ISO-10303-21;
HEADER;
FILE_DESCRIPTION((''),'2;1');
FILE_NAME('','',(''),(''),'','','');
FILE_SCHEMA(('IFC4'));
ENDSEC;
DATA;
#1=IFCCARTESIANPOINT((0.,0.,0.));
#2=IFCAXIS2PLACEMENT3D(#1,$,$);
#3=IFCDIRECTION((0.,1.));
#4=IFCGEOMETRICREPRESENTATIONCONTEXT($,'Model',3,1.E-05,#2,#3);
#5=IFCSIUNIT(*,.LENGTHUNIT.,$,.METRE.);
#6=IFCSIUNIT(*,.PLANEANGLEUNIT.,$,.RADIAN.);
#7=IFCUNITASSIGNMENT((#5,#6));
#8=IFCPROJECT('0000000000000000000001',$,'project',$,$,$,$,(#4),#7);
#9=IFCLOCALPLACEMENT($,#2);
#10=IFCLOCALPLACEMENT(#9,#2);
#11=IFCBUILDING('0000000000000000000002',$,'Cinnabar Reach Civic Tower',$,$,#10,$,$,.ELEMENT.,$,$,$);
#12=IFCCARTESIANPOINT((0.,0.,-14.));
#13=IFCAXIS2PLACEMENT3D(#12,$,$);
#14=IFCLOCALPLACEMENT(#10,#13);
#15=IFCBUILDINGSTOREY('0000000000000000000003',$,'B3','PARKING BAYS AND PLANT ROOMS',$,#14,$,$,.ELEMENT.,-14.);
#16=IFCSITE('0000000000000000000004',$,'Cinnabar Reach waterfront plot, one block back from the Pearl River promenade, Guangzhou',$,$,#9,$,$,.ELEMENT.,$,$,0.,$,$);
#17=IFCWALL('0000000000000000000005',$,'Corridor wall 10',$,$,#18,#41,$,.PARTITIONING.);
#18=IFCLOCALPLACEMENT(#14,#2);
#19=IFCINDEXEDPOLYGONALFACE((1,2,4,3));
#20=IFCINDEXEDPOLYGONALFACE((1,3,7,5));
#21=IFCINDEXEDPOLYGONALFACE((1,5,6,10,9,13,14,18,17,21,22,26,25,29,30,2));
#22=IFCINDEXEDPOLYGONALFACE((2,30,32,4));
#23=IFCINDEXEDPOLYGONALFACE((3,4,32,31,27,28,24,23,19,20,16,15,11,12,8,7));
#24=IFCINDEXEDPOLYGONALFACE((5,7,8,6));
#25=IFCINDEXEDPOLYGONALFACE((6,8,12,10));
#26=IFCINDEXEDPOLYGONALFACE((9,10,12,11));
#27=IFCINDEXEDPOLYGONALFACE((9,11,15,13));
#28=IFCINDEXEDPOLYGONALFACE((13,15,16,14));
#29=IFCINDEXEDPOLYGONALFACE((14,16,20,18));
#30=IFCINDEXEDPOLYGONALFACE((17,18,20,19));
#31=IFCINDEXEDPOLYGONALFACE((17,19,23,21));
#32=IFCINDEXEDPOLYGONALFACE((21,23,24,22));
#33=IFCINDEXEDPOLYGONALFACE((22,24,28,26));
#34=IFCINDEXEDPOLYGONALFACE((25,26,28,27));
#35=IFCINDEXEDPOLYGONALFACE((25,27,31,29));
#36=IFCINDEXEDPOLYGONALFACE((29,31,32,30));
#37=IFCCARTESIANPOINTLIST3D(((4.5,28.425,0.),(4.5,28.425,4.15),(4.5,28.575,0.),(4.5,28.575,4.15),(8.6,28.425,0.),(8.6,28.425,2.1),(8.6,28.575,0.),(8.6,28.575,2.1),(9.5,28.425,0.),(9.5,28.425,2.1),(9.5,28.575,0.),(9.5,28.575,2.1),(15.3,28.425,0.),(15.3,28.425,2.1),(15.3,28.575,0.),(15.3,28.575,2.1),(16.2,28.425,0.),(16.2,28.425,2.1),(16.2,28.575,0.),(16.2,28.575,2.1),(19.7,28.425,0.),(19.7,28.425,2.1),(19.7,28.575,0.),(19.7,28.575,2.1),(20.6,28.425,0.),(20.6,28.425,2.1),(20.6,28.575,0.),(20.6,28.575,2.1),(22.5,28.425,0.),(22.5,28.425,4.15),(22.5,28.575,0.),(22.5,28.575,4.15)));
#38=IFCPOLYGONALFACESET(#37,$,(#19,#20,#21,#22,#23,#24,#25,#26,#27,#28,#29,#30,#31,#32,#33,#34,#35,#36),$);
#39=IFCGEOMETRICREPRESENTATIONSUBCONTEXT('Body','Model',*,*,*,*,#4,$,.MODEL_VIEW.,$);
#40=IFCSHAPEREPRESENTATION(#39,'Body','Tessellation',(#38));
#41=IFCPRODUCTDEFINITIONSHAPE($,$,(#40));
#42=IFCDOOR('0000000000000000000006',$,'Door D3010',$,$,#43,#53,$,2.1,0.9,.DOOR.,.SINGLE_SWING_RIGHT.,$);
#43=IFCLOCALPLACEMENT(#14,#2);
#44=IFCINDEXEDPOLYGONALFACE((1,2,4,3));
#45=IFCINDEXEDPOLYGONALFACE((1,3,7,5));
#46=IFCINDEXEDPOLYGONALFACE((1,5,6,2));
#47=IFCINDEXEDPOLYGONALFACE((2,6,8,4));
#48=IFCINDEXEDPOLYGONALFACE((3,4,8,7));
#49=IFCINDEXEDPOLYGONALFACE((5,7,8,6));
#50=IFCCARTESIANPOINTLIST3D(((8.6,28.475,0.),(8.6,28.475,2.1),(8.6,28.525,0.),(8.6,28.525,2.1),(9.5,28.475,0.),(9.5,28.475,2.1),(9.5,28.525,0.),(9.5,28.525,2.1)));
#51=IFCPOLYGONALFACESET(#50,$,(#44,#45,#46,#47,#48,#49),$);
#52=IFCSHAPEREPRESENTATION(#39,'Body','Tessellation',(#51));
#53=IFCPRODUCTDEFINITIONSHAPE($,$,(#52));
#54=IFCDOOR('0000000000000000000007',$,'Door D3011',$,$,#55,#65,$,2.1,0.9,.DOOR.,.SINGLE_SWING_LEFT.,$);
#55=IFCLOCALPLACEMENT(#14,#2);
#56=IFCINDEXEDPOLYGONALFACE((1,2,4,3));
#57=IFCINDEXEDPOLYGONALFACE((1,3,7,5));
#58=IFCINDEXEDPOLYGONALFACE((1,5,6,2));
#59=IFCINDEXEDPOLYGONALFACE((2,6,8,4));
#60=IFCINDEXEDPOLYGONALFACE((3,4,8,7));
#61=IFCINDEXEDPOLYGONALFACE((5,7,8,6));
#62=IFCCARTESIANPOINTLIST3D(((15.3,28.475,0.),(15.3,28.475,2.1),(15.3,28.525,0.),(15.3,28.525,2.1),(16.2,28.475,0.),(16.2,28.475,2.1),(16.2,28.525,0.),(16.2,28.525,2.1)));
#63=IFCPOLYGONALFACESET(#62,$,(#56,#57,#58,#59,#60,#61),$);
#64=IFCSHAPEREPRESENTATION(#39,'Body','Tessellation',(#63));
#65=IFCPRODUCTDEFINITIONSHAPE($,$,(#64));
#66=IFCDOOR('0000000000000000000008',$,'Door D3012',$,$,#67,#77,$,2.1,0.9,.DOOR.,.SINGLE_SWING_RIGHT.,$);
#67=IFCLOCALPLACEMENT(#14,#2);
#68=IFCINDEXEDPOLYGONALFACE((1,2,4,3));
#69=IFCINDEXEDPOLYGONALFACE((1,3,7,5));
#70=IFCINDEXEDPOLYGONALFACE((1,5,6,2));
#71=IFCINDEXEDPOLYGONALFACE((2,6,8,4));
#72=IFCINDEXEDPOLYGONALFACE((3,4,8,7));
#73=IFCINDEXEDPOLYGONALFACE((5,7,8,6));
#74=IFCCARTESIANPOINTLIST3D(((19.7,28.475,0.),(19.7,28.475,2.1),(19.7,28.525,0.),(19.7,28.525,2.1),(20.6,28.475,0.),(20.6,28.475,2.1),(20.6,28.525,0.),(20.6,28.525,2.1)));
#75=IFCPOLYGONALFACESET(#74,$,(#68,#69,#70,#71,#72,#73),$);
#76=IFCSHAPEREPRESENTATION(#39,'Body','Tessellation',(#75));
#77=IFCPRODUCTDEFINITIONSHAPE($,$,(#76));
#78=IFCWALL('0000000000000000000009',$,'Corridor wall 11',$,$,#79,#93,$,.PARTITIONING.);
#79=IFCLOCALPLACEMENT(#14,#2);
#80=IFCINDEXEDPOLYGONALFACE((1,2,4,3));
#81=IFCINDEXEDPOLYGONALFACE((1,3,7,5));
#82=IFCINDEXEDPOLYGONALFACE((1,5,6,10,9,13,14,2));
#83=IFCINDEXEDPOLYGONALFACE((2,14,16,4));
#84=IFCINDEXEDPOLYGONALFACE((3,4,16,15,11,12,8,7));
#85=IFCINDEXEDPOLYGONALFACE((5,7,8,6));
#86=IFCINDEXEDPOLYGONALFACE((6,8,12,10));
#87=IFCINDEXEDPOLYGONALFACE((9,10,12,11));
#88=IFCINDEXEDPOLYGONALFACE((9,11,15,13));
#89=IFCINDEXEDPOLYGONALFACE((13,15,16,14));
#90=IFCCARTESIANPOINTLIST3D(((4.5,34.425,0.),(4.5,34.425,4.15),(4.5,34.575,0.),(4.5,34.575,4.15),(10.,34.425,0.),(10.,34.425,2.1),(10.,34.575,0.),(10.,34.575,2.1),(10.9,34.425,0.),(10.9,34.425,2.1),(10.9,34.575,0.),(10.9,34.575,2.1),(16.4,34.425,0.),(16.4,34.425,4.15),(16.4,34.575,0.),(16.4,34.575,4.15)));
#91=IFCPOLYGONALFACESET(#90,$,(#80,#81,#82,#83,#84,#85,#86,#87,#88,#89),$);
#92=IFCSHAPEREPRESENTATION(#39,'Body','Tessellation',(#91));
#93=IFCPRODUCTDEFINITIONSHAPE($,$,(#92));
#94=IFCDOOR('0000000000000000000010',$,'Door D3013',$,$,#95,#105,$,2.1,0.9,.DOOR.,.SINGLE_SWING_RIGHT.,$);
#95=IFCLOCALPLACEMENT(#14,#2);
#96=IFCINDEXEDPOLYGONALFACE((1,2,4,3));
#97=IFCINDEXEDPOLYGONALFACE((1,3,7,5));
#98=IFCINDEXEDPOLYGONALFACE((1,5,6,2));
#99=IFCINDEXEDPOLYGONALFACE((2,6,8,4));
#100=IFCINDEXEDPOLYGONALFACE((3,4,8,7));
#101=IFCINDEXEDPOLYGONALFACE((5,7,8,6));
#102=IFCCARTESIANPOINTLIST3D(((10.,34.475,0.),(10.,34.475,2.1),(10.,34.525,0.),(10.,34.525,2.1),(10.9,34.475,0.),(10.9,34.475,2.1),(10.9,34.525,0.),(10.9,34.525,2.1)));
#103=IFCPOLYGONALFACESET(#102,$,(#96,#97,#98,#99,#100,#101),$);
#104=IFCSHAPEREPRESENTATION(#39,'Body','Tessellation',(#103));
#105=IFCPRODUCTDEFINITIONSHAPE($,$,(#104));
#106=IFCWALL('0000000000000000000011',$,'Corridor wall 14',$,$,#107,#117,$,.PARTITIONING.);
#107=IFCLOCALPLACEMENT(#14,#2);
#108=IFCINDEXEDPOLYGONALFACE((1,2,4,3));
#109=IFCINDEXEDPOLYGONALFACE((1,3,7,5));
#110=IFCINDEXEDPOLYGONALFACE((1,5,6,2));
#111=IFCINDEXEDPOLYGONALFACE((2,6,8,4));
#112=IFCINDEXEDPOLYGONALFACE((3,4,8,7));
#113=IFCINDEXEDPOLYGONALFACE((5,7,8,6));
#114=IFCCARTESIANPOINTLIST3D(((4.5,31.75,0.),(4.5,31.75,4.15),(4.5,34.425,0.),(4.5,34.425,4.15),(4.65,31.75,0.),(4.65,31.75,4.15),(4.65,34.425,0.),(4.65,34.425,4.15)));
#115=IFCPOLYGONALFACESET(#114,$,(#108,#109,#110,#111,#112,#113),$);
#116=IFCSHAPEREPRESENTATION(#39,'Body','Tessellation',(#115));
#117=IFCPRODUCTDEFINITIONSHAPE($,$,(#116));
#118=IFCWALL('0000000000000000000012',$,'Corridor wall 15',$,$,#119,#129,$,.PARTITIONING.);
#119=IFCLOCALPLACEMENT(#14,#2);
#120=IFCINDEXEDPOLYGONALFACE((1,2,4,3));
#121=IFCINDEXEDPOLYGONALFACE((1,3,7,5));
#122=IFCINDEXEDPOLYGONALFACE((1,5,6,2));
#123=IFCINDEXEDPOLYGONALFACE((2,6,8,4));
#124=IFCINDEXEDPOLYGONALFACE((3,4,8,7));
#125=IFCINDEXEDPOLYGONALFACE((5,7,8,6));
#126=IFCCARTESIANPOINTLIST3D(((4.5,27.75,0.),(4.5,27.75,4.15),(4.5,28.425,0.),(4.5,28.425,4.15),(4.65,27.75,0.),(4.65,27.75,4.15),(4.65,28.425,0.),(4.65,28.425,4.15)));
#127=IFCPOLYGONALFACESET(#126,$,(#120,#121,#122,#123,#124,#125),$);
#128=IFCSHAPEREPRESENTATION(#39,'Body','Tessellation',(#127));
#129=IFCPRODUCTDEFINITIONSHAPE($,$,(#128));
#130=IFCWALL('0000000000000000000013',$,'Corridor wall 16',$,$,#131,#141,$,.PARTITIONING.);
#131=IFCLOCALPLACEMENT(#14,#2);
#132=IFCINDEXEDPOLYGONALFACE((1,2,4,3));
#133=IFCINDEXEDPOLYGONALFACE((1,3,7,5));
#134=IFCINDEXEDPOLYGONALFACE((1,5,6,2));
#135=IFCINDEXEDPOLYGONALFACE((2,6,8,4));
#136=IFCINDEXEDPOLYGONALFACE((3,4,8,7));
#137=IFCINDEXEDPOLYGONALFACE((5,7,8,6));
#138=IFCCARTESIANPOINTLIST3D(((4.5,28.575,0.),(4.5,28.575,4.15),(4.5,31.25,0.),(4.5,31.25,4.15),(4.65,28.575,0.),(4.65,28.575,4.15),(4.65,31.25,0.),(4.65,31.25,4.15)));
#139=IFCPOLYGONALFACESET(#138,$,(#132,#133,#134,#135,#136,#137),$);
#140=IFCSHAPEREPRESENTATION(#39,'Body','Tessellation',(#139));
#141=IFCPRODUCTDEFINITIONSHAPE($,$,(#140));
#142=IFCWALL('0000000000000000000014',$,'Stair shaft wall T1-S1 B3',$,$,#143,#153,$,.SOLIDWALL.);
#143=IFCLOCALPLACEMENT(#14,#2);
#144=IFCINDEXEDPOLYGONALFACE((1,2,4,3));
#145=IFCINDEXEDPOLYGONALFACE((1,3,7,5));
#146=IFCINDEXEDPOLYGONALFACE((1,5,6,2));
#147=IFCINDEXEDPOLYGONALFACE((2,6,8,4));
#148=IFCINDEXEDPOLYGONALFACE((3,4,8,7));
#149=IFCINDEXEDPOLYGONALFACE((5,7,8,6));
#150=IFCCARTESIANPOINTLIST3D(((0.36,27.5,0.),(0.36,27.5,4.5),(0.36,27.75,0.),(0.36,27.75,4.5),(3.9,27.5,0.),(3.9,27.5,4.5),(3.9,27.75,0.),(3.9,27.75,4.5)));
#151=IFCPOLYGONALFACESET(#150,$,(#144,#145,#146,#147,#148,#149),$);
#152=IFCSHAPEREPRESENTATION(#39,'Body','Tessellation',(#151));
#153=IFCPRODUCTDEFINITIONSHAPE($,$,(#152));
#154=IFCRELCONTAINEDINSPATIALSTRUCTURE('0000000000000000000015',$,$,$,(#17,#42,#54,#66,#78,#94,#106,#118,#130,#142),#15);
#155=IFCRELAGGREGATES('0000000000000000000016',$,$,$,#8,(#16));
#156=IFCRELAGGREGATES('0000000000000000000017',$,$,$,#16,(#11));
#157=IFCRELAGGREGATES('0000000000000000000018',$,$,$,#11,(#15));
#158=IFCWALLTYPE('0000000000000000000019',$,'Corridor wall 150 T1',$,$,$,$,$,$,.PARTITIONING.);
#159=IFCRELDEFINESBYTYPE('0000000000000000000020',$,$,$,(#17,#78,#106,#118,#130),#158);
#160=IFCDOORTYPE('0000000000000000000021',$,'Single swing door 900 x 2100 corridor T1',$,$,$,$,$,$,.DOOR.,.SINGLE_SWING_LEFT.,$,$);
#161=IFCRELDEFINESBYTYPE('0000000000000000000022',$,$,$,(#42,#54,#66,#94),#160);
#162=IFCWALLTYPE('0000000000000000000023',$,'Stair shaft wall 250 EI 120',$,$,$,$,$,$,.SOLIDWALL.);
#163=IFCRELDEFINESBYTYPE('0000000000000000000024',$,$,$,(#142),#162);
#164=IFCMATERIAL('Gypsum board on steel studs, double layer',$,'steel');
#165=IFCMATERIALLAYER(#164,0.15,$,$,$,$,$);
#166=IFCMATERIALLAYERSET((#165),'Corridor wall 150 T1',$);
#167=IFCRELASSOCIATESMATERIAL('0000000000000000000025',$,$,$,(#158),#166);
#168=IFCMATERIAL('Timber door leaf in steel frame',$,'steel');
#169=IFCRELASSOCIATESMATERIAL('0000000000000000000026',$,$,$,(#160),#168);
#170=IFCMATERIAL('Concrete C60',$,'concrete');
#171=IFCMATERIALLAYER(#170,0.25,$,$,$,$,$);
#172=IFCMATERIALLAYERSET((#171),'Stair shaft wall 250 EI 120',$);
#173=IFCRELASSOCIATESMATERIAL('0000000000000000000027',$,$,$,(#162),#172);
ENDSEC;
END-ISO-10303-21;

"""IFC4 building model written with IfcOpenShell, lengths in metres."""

from ifc_helpers import new_model, si_unit, direction, frame, frame_2d, origin, place, context, subcontext, project, spatial, rectangle, extrude, material, layer, layer_set, type_object, element, fill, save


model = new_model("IFC4")

# Units and contexts
model_context = context("Model", 3, precision=1e-05, world=origin(), true_north=direction((0.0, 1.0)))
body_context = subcontext(model_context, "Body", "Model", "MODEL_VIEW")
ifc_project = project(units=[si_unit("LENGTHUNIT", "METRE"), si_unit("PLANEANGLEUNIT", "RADIAN")], contexts=[model_context])

# Site, building, storey
site_placement = place(None, origin())
site = spatial("IfcSite", under=ifc_project, at=site_placement, Name="Cinnabar Reach waterfront plot, one block back from the Pearl River promenade, Guangzhou", CompositionType="ELEMENT", RefElevation=0.0)
building_placement = place(site_placement, origin())
building = spatial("IfcBuilding", under=site, at=building_placement, Name="Cinnabar Reach Civic Tower", CompositionType="ELEMENT")
storey_placement = place(building_placement, frame((0.0, 0.0, -14.0)))
storey = spatial("IfcBuildingStorey", under=building, at=storey_placement, Name="B3", Description="PARKING BAYS AND PLANT ROOMS", CompositionType="ELEMENT", Elevation=-14.0)

# Shared definitions
ifc_material_1 = material(Name="Concrete C60", Category="concrete")

# Wall, openings, doors
ifc_material_2 = material(Name="Gypsum board on steel studs, double layer", Category="steel")
ifc_layer_1 = layer(ifc_material_2, 0.15)
ifc_layer_set_1 = layer_set([ifc_layer_1], Name="Corridor wall 150 T1")
wall_type_1 = type_object("IfcWallType", Name="Corridor wall 150 T1", PredefinedType="PARTITIONING", material=ifc_layer_set_1)
ifc_material_3 = material(Name="Timber door leaf in steel frame", Category="steel")
door_type = type_object("IfcDoorType", Name="Single swing door 900 x 2100 corridor T1", OperationType="SINGLE_SWING_LEFT", PredefinedType="DOOR", material=ifc_material_3)
wall_1_placement = place(storey_placement, frame((4.5, 28.5, 0.0), z_axis=(0.0, 0.0, 1.0), x_axis=(1.0, 0.0, 0.0)))
wall_1 = element("IfcWall", 1, at=wall_1_placement, inside=storey, type_object=wall_type_1, Name="Corridor wall 10", PredefinedType="PARTITIONING", context=body_context, shape_type="SweptSolid", body=[
    extrude(rectangle(XDim=18.0, YDim=0.15, at=frame_2d((9.0, 0.0))), origin(), (0.0, 0.0, 1.0), 4.15),
])
opening_1_placement = place(wall_1_placement, frame((4.1, 0.0, 0.0)))
opening_1 = element("IfcOpeningElement", 2, at=opening_1_placement, cuts=wall_1, PredefinedType="OPENING", context=body_context, shape_type="SweptSolid", body=[
    extrude(rectangle(XDim=0.9, YDim=2.1, at=frame_2d((0.45, 1.05))), frame((0.0, 0.085, 0.0), z_axis=(0.0, -1.0, 0.0), x_axis=(1.0, 0.0, 0.0)), (0.0, 0.0, 1.0), 0.17),
])
opening_2_placement = place(wall_1_placement, frame((10.8, 0.0, 0.0)))
opening_2 = element("IfcOpeningElement", 3, at=opening_2_placement, cuts=wall_1, PredefinedType="OPENING", context=body_context, shape_type="SweptSolid", body=[
    extrude(rectangle(XDim=0.9, YDim=2.1, at=frame_2d((0.45, 1.05))), frame((0.0, 0.085, 0.0), z_axis=(0.0, -1.0, 0.0), x_axis=(1.0, 0.0, 0.0)), (0.0, 0.0, 1.0), 0.17),
])
opening_3_placement = place(wall_1_placement, frame((15.2, 0.0, 0.0)))
opening_3 = element("IfcOpeningElement", 4, at=opening_3_placement, cuts=wall_1, PredefinedType="OPENING", context=body_context, shape_type="SweptSolid", body=[
    extrude(rectangle(XDim=0.9, YDim=2.1, at=frame_2d((0.45, 1.05))), frame((0.0, 0.085, 0.0), z_axis=(0.0, -1.0, 0.0), x_axis=(1.0, 0.0, 0.0)), (0.0, 0.0, 1.0), 0.17),
])
door_1_placement = place(opening_1_placement, origin())
door_1 = element("IfcDoor", 5, at=door_1_placement, inside=storey, type_object=door_type, Name="Door D3010", OperationType="SINGLE_SWING_RIGHT", OverallHeight=2.1, OverallWidth=0.9, PredefinedType="DOOR", context=body_context, shape_type="SweptSolid", body=[
    extrude(rectangle(XDim=0.9, YDim=2.1, at=frame_2d((0.45, 1.05))), frame((0.0, 0.025, 0.0), z_axis=(0.0, -1.0, 0.0), x_axis=(1.0, 0.0, 0.0)), (0.0, 0.0, 1.0), 0.05),
])
fill(opening_1, door_1)
door_2_placement = place(opening_2_placement, origin())
door_2 = element("IfcDoor", 6, at=door_2_placement, inside=storey, type_object=door_type, Name="Door D3011", OperationType="SINGLE_SWING_LEFT", OverallHeight=2.1, OverallWidth=0.9, PredefinedType="DOOR", context=body_context, shape_type="SweptSolid", body=[
    extrude(rectangle(XDim=0.9, YDim=2.1, at=frame_2d((0.45, 1.05))), frame((0.0, 0.025, 0.0), z_axis=(0.0, -1.0, 0.0), x_axis=(1.0, 0.0, 0.0)), (0.0, 0.0, 1.0), 0.05),
])
fill(opening_2, door_2)
door_3_placement = place(opening_3_placement, origin())
door_3 = element("IfcDoor", 7, at=door_3_placement, inside=storey, type_object=door_type, Name="Door D3012", OperationType="SINGLE_SWING_RIGHT", OverallHeight=2.1, OverallWidth=0.9, PredefinedType="DOOR", context=body_context, shape_type="SweptSolid", body=[
    extrude(rectangle(XDim=0.9, YDim=2.1, at=frame_2d((0.45, 1.05))), frame((0.0, 0.025, 0.0), z_axis=(0.0, -1.0, 0.0), x_axis=(1.0, 0.0, 0.0)), (0.0, 0.0, 1.0), 0.05),
])
fill(opening_3, door_3)

# Wall, opening, door
wall_2_placement = place(storey_placement, frame((4.5, 34.5, 0.0), z_axis=(0.0, 0.0, 1.0), x_axis=(1.0, 0.0, 0.0)))
wall_2 = element("IfcWall", 8, at=wall_2_placement, inside=storey, type_object=wall_type_1, Name="Corridor wall 11", PredefinedType="PARTITIONING", context=body_context, shape_type="SweptSolid", body=[
    extrude(rectangle(XDim=11.9, YDim=0.15, at=frame_2d((5.95, 0.0))), origin(), (0.0, 0.0, 1.0), 4.15),
])
opening_4_placement = place(wall_2_placement, frame((5.5, 0.0, 0.0)))
opening_4 = element("IfcOpeningElement", 9, at=opening_4_placement, cuts=wall_2, PredefinedType="OPENING", context=body_context, shape_type="SweptSolid", body=[
    extrude(rectangle(XDim=0.9, YDim=2.1, at=frame_2d((0.45, 1.05))), frame((0.0, 0.085, 0.0), z_axis=(0.0, -1.0, 0.0), x_axis=(1.0, 0.0, 0.0)), (0.0, 0.0, 1.0), 0.17),
])
door_4_placement = place(opening_4_placement, frame((0.9, 0.0, 0.0), z_axis=(0.0, 0.0, 1.0), x_axis=(-1.0, 0.0, 0.0)))
door_4 = element("IfcDoor", 10, at=door_4_placement, inside=storey, type_object=door_type, Name="Door D3013", OperationType="SINGLE_SWING_RIGHT", OverallHeight=2.1, OverallWidth=0.9, PredefinedType="DOOR", context=body_context, shape_type="SweptSolid", body=[
    extrude(rectangle(XDim=0.9, YDim=2.1, at=frame_2d((0.45, 1.05))), frame((0.0, 0.025, 0.0), z_axis=(0.0, -1.0, 0.0), x_axis=(1.0, 0.0, 0.0)), (0.0, 0.0, 1.0), 0.05),
])
fill(opening_4, door_4)

# Walls
wall_3_placement = place(storey_placement, frame((4.575, 31.75, 0.0), z_axis=(0.0, 0.0, 1.0), x_axis=(0.0, 1.0, 0.0)))
element("IfcWall", 11, at=wall_3_placement, inside=storey, type_object=wall_type_1, Name="Corridor wall 14", PredefinedType="PARTITIONING", context=body_context, shape_type="SweptSolid", body=[
    extrude(rectangle(XDim=2.675, YDim=0.15, at=frame_2d((1.3375, 0.0))), origin(), (0.0, 0.0, 1.0), 4.15),
])
wall_4_placement = place(storey_placement, frame((4.575, 27.75, 0.0), z_axis=(0.0, 0.0, 1.0), x_axis=(0.0, 1.0, 0.0)))
element("IfcWall", 12, at=wall_4_placement, inside=storey, type_object=wall_type_1, Name="Corridor wall 15", PredefinedType="PARTITIONING", context=body_context, shape_type="SweptSolid", body=[
    extrude(rectangle(XDim=0.675, YDim=0.15, at=frame_2d((0.3375, 0.0))), origin(), (0.0, 0.0, 1.0), 4.15),
])
wall_5_placement = place(storey_placement, frame((4.575, 28.575, 0.0), z_axis=(0.0, 0.0, 1.0), x_axis=(0.0, 1.0, 0.0)))
element("IfcWall", 13, at=wall_5_placement, inside=storey, type_object=wall_type_1, Name="Corridor wall 16", PredefinedType="PARTITIONING", context=body_context, shape_type="SweptSolid", body=[
    extrude(rectangle(XDim=2.675, YDim=0.15, at=frame_2d((1.3375, 0.0))), origin(), (0.0, 0.0, 1.0), 4.15),
])
ifc_layer_2 = layer(ifc_material_1, 0.25)
ifc_layer_set_2 = layer_set([ifc_layer_2], Name="Stair shaft wall 250 EI 120")
wall_type_2 = type_object("IfcWallType", Name="Stair shaft wall 250 EI 120", PredefinedType="SOLIDWALL", material=ifc_layer_set_2)
wall_6_placement = place(storey_placement, frame((3.9, 27.625, 0.0), z_axis=(0.0, 0.0, 1.0), x_axis=(-1.0, 0.0, 0.0)))
element("IfcWall", 14, at=wall_6_placement, inside=storey, type_object=wall_type_2, Name="Stair shaft wall T1-S1 B3", PredefinedType="SOLIDWALL", context=body_context, shape_type="SweptSolid", body=[
    extrude(rectangle(XDim=3.54, YDim=0.25, at=frame_2d((1.77, 0.0))), origin(), (0.0, 0.0, 1.0), 4.5),
])

save(model, "model.ifc")
